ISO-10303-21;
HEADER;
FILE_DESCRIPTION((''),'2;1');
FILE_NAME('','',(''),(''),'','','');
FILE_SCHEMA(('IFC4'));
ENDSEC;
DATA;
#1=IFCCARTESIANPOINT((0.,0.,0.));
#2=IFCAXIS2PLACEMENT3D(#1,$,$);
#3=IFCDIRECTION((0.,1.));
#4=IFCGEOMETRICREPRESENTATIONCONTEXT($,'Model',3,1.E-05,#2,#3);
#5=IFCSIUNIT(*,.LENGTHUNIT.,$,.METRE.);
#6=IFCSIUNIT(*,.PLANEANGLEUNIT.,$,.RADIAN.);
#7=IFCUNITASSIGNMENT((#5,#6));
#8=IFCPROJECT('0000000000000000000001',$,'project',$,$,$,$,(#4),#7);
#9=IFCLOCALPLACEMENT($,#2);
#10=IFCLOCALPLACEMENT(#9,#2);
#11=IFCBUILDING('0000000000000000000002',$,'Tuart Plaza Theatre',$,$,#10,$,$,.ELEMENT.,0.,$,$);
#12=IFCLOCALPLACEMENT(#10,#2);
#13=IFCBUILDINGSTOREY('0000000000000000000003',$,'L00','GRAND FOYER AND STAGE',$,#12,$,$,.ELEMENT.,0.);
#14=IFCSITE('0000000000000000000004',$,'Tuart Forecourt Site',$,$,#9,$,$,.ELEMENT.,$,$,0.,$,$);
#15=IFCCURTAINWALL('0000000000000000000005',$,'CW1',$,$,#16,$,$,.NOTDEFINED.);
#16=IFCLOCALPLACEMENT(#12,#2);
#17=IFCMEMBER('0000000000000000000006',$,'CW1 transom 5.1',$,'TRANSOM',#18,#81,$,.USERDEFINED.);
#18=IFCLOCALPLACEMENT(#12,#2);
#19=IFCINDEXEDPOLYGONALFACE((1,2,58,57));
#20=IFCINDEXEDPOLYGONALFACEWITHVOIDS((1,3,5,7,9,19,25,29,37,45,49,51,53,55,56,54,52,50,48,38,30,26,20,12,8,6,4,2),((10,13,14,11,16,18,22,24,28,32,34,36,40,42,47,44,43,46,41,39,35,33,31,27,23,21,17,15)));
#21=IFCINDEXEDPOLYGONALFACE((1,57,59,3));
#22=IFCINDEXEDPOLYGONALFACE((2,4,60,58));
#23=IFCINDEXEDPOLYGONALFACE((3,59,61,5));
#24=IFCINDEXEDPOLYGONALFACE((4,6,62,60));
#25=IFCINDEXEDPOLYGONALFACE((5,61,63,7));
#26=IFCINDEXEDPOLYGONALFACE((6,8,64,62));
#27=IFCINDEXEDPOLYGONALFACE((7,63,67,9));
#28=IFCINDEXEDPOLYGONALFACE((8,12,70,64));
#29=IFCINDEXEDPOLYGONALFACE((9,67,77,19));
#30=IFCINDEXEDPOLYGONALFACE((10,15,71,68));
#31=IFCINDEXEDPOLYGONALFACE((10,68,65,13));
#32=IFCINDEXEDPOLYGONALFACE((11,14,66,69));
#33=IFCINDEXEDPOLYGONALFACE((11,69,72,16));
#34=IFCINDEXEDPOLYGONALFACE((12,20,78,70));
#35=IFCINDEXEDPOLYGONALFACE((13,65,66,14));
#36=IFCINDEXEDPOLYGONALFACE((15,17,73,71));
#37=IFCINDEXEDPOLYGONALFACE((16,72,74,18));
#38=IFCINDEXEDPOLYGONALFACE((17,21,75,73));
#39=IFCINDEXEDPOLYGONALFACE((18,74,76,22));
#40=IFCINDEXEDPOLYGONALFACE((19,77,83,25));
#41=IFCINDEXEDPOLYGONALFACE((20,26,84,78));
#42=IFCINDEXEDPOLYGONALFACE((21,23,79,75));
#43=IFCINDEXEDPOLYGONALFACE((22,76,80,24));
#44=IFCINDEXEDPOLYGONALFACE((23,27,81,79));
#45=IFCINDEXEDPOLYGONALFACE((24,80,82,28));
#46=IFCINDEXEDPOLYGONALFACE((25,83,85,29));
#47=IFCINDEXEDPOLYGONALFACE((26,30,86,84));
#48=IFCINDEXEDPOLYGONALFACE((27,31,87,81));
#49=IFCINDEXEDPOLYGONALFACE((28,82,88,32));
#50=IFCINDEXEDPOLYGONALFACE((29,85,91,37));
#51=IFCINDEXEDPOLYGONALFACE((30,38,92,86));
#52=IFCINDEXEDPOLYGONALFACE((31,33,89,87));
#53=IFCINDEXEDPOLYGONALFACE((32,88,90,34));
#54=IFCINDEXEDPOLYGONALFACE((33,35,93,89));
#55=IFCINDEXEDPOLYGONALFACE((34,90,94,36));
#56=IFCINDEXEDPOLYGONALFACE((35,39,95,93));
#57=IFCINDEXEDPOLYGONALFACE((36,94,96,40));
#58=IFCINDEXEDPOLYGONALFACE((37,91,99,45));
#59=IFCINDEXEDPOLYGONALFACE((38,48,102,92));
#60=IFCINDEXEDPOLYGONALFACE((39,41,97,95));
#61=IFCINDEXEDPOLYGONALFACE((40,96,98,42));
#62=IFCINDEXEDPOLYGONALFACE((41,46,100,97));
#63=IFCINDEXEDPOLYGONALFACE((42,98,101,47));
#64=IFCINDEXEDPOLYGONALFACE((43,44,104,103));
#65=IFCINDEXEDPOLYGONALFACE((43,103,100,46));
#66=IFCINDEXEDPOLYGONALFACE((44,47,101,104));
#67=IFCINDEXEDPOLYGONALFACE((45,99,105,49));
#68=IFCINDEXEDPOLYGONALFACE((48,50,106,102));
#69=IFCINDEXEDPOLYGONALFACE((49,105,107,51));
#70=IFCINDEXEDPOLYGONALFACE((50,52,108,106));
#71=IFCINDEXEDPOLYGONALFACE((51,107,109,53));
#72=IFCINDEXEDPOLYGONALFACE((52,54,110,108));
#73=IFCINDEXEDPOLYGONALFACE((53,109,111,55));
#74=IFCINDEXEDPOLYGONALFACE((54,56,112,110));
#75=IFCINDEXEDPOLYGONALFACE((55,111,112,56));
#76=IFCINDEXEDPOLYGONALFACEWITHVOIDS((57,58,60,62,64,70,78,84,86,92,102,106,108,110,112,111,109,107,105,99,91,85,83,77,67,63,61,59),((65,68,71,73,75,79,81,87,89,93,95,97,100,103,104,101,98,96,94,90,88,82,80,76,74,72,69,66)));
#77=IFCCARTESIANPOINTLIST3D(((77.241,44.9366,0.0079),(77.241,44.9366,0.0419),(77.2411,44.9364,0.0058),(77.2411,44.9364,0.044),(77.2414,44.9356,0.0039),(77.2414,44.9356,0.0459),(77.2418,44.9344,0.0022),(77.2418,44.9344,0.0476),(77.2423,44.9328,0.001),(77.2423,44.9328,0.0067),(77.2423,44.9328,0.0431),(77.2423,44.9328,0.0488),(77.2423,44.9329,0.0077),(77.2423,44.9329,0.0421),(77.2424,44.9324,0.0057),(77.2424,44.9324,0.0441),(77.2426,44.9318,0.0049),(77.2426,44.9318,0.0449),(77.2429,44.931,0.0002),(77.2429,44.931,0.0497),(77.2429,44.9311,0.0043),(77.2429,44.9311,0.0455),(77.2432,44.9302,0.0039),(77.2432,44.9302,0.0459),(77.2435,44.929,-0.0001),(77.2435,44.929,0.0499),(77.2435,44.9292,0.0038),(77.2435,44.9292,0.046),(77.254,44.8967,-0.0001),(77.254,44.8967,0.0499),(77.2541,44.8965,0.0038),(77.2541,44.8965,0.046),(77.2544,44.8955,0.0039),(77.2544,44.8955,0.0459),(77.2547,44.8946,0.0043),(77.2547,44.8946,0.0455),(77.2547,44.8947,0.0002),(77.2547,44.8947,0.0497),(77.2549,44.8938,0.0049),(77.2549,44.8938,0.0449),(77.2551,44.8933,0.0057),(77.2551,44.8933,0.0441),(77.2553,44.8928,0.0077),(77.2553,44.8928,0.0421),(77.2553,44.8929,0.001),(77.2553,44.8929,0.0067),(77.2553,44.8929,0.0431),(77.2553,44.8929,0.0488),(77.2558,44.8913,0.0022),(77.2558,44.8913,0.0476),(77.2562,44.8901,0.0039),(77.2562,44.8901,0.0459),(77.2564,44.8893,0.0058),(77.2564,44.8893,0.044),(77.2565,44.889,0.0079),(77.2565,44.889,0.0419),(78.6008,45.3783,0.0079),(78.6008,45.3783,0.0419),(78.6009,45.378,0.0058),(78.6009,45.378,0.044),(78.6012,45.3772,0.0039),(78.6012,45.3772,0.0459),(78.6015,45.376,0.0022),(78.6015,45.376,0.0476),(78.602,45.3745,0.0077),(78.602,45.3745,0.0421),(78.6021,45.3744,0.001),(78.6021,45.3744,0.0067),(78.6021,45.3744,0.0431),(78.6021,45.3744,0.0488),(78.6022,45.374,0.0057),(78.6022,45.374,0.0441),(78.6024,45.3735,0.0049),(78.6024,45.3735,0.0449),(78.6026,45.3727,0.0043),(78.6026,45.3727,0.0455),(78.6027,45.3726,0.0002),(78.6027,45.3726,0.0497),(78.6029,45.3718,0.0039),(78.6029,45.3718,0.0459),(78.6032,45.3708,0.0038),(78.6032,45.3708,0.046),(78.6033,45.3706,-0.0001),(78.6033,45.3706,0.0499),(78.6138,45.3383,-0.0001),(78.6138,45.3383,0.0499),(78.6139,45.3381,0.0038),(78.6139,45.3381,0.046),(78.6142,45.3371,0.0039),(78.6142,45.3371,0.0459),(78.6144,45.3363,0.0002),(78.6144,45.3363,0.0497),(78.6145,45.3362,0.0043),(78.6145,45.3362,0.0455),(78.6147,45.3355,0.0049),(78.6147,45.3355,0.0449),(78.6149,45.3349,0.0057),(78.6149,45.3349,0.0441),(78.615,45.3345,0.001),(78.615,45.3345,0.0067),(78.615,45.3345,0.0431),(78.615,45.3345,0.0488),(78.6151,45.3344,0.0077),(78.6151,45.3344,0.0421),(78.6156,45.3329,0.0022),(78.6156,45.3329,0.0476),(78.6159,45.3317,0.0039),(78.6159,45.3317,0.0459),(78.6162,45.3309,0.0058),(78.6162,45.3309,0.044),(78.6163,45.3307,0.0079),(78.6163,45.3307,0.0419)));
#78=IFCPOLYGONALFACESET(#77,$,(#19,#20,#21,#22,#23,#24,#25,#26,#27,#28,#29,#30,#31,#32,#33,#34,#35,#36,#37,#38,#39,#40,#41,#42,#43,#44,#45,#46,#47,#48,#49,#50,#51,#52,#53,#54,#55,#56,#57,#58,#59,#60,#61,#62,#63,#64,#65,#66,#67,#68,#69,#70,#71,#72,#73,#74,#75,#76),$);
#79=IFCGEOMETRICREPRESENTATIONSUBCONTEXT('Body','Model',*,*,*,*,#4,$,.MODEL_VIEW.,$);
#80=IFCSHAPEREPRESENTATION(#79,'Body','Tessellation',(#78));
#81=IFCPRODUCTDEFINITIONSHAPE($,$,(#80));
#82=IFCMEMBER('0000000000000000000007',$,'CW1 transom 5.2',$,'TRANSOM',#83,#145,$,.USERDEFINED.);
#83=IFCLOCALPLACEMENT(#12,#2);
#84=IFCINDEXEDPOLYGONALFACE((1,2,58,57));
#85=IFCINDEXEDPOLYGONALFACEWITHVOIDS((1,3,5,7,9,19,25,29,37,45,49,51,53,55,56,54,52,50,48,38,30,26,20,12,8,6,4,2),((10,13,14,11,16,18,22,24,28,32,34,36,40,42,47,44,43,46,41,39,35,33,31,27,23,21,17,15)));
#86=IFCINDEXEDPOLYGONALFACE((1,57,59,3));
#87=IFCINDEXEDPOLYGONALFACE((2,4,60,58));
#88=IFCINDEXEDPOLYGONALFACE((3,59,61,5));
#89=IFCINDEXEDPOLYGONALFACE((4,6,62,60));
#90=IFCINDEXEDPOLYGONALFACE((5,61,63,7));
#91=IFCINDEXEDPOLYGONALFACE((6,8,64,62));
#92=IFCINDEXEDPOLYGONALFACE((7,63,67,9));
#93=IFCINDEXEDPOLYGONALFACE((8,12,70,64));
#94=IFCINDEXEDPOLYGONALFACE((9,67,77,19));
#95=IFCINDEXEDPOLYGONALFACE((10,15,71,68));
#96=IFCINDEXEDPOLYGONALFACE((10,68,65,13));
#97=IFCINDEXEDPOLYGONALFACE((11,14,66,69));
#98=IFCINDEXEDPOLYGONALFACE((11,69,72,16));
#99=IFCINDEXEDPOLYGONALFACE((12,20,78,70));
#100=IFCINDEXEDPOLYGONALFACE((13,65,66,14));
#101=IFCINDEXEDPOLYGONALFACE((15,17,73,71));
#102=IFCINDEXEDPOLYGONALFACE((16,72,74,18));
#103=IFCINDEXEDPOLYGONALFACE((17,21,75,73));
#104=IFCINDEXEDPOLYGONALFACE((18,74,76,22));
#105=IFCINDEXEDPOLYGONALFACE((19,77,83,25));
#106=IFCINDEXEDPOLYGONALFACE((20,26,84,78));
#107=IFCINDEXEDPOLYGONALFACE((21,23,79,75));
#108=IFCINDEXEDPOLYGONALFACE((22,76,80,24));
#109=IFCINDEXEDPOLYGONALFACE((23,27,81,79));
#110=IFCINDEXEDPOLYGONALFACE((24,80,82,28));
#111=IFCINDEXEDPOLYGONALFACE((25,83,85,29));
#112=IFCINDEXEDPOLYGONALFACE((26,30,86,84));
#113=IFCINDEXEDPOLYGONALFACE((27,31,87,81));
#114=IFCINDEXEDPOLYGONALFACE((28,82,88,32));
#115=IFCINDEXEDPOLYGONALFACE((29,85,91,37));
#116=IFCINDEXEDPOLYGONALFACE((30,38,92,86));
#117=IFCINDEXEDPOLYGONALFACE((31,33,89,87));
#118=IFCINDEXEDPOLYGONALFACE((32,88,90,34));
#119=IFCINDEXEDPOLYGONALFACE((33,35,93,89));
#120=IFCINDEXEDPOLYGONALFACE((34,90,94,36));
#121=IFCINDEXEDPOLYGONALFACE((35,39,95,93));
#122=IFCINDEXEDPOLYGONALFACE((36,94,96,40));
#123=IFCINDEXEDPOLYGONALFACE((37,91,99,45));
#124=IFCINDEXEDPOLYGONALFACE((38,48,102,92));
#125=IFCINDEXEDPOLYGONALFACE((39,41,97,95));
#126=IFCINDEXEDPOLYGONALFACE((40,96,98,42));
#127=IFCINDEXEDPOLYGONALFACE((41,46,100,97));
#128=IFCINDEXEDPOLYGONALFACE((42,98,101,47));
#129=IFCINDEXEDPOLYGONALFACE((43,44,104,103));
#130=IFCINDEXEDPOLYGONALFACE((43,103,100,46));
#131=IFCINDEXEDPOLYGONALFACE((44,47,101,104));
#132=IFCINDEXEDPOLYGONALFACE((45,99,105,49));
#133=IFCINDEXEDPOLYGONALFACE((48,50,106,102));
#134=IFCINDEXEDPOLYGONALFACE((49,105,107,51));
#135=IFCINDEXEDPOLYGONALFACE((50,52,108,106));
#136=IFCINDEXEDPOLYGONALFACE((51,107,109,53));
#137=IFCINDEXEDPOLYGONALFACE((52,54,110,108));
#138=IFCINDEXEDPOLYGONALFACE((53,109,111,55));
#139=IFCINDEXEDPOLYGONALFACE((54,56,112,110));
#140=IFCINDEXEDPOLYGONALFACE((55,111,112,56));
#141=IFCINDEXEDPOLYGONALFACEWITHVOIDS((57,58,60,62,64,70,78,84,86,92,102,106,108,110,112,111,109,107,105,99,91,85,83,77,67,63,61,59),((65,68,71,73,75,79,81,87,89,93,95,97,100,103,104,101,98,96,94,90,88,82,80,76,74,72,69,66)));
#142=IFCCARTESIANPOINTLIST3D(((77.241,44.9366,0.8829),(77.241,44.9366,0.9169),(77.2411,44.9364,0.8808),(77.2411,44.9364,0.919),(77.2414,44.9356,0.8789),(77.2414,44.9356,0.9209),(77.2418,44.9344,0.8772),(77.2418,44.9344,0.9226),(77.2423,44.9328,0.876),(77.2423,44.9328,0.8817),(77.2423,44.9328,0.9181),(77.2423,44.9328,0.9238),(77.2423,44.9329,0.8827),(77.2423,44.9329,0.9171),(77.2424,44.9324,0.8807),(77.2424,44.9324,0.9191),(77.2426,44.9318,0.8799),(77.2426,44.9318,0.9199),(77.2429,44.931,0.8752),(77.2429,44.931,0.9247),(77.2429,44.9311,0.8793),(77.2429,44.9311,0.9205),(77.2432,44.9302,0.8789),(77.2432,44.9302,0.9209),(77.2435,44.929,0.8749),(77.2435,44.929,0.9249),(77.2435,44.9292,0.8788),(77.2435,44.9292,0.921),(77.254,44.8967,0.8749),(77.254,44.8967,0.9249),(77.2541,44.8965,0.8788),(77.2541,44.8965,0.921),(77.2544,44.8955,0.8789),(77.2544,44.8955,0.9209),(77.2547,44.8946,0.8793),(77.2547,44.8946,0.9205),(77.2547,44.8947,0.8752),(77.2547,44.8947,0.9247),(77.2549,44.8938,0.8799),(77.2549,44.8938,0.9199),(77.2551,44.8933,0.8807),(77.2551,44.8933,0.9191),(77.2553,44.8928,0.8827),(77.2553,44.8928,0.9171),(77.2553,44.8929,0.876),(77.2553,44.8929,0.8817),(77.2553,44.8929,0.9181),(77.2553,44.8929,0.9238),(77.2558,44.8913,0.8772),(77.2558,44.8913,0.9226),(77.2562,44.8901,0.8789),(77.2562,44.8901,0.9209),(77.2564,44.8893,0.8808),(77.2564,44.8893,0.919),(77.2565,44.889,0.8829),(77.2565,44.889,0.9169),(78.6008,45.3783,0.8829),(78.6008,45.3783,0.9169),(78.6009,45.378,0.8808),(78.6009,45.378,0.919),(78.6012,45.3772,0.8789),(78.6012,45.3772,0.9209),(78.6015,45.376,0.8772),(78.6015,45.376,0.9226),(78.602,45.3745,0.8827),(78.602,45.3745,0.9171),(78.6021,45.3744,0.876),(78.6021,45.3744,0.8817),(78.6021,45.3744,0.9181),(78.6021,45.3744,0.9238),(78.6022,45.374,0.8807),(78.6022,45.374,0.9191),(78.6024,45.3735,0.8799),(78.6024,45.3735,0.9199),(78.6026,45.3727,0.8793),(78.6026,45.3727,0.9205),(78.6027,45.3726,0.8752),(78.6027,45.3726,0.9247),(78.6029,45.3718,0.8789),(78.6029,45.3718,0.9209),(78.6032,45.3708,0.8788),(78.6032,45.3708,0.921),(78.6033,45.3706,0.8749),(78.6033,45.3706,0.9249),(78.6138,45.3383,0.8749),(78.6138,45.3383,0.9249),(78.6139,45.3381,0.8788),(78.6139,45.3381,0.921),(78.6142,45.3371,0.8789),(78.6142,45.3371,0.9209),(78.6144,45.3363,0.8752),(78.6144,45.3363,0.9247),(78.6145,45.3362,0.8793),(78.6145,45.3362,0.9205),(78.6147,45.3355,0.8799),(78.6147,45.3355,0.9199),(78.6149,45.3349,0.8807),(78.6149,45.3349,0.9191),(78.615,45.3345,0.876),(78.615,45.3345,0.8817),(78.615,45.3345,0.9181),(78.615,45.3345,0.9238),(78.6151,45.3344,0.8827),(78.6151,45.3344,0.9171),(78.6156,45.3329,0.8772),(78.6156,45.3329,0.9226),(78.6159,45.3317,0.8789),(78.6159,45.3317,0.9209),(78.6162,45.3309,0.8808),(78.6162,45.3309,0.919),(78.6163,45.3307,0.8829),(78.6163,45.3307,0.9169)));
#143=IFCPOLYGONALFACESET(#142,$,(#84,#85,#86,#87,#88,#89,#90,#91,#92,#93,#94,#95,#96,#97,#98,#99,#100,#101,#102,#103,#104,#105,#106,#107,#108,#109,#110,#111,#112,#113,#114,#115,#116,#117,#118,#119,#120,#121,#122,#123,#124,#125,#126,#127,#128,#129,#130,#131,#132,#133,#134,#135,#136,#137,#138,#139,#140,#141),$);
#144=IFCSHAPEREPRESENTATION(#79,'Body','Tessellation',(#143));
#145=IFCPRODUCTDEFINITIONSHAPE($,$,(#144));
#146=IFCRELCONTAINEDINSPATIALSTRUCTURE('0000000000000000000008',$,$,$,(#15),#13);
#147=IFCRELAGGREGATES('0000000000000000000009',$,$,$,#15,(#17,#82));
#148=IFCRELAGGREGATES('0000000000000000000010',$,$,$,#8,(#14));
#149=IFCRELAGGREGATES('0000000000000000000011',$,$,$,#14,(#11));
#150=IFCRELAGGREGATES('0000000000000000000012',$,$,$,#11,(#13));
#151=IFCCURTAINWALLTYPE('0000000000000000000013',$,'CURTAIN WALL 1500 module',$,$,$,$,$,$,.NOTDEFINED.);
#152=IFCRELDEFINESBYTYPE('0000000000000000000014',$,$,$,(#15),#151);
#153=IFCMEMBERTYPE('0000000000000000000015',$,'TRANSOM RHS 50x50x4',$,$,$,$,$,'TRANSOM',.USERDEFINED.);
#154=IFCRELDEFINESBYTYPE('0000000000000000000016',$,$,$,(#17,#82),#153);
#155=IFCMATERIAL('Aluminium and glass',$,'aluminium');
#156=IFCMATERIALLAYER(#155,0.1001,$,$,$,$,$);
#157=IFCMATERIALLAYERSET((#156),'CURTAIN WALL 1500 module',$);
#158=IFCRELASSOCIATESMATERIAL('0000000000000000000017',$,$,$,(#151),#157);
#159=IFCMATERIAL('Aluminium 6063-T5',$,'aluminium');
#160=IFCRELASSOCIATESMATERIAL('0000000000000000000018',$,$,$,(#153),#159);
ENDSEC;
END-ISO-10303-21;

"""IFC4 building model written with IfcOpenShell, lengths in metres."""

from ifc_helpers import new_model, si_unit, direction, frame, origin, origin_2d, place, context, subcontext, project, spatial, hollow_rectangle, extrude, material, layer, layer_set, material_profile, profile_set, type_object, element, aggregate, save


model = new_model("IFC4")

# Units and contexts
model_context = context("Model", 3, precision=1e-05, world=origin(), true_north=direction((0.0, 1.0)))
body_context = subcontext(model_context, "Body", "Model", "MODEL_VIEW")
ifc_project = project(units=[si_unit("LENGTHUNIT", "METRE"), si_unit("PLANEANGLEUNIT", "RADIAN")], contexts=[model_context])

# Site, building, storey
site_placement = place(None, origin())
site = spatial("IfcSite", under=ifc_project, at=site_placement, Name="Tuart Forecourt Site", CompositionType="ELEMENT", RefElevation=0.0)
building_placement = place(site_placement, origin())
building = spatial("IfcBuilding", under=site, at=building_placement, Name="Tuart Plaza Theatre", CompositionType="ELEMENT", ElevationOfRefHeight=0.0)
storey_placement = place(building_placement, origin())
storey = spatial("IfcBuildingStorey", under=building, at=storey_placement, Name="L00", Description="GRAND FOYER AND STAGE", CompositionType="ELEMENT", Elevation=0.0)

# Curtain wall
ifc_material_1 = material(Name="Aluminium and glass", Category="aluminium")
ifc_layer_1 = layer(ifc_material_1, 0.1001)
ifc_layer_set_1 = layer_set([ifc_layer_1], Name="CURTAIN WALL 1500 module")
curtain_wall_type = type_object("IfcCurtainWallType", Name="CURTAIN WALL 1500 module", PredefinedType="NOTDEFINED", material=ifc_layer_set_1)
curtain_wall_1_placement = place(storey_placement, origin())
curtain_wall_1 = element("IfcCurtainWall", 1, at=curtain_wall_1_placement, inside=storey, type_object=curtain_wall_type, Name="CW1", PredefinedType="NOTDEFINED")

# Members
ifc_material_2 = material(Name="Aluminium 6063-T5", Category="aluminium")
ifc_material_profile_1 = material_profile(ifc_material_2, hollow_rectangle(XDim=0.05, YDim=0.05, WallThickness=0.0039, InnerFilletRadius=0.0039, OuterFilletRadius=0.0081, at=origin_2d()), Name="RHS 50x50x4")
ifc_profile_set_1 = profile_set([ifc_material_profile_1], Name="Aluminium 6063-T5")
member_type_1 = type_object("IfcMemberType", Name="TRANSOM RHS 50x50x4", ElementType="TRANSOM", PredefinedType="USERDEFINED", material=ifc_profile_set_1)
member_1_placement = place(storey_placement, frame((77.2488, 44.9128, 0.0249), z_axis=(0.951097, 0.308893, 0.0), x_axis=(-0.308893, 0.951097, 0.0)))
member_1 = element("IfcMember", 2, at=member_1_placement, type_object=member_type_1, Name="CW1 transom 5.1", ObjectType="TRANSOM", PredefinedType="USERDEFINED", context=body_context, shape_type="SweptSolid", body=[
    extrude(hollow_rectangle(XDim=0.05, YDim=0.05, WallThickness=0.0039, InnerFilletRadius=0.0039, OuterFilletRadius=0.0081, at=origin_2d()), origin(), (0.0, 0.0, 1.0), 1.4297),
])
member_2_placement = place(storey_placement, frame((77.2488, 44.9128, 0.8999), z_axis=(0.951097, 0.308893, 0.0), x_axis=(-0.308893, 0.951097, 0.0)))
member_2 = element("IfcMember", 3, at=member_2_placement, type_object=member_type_1, Name="CW1 transom 5.2", ObjectType="TRANSOM", PredefinedType="USERDEFINED", context=body_context, shape_type="SweptSolid", body=[
    extrude(hollow_rectangle(XDim=0.05, YDim=0.05, WallThickness=0.0039, InnerFilletRadius=0.0039, OuterFilletRadius=0.0081, at=origin_2d()), origin(), (0.0, 0.0, 1.0), 1.4297),
])

aggregate(curtain_wall_1, [member_1, member_2])

save(model, "model.ifc")
